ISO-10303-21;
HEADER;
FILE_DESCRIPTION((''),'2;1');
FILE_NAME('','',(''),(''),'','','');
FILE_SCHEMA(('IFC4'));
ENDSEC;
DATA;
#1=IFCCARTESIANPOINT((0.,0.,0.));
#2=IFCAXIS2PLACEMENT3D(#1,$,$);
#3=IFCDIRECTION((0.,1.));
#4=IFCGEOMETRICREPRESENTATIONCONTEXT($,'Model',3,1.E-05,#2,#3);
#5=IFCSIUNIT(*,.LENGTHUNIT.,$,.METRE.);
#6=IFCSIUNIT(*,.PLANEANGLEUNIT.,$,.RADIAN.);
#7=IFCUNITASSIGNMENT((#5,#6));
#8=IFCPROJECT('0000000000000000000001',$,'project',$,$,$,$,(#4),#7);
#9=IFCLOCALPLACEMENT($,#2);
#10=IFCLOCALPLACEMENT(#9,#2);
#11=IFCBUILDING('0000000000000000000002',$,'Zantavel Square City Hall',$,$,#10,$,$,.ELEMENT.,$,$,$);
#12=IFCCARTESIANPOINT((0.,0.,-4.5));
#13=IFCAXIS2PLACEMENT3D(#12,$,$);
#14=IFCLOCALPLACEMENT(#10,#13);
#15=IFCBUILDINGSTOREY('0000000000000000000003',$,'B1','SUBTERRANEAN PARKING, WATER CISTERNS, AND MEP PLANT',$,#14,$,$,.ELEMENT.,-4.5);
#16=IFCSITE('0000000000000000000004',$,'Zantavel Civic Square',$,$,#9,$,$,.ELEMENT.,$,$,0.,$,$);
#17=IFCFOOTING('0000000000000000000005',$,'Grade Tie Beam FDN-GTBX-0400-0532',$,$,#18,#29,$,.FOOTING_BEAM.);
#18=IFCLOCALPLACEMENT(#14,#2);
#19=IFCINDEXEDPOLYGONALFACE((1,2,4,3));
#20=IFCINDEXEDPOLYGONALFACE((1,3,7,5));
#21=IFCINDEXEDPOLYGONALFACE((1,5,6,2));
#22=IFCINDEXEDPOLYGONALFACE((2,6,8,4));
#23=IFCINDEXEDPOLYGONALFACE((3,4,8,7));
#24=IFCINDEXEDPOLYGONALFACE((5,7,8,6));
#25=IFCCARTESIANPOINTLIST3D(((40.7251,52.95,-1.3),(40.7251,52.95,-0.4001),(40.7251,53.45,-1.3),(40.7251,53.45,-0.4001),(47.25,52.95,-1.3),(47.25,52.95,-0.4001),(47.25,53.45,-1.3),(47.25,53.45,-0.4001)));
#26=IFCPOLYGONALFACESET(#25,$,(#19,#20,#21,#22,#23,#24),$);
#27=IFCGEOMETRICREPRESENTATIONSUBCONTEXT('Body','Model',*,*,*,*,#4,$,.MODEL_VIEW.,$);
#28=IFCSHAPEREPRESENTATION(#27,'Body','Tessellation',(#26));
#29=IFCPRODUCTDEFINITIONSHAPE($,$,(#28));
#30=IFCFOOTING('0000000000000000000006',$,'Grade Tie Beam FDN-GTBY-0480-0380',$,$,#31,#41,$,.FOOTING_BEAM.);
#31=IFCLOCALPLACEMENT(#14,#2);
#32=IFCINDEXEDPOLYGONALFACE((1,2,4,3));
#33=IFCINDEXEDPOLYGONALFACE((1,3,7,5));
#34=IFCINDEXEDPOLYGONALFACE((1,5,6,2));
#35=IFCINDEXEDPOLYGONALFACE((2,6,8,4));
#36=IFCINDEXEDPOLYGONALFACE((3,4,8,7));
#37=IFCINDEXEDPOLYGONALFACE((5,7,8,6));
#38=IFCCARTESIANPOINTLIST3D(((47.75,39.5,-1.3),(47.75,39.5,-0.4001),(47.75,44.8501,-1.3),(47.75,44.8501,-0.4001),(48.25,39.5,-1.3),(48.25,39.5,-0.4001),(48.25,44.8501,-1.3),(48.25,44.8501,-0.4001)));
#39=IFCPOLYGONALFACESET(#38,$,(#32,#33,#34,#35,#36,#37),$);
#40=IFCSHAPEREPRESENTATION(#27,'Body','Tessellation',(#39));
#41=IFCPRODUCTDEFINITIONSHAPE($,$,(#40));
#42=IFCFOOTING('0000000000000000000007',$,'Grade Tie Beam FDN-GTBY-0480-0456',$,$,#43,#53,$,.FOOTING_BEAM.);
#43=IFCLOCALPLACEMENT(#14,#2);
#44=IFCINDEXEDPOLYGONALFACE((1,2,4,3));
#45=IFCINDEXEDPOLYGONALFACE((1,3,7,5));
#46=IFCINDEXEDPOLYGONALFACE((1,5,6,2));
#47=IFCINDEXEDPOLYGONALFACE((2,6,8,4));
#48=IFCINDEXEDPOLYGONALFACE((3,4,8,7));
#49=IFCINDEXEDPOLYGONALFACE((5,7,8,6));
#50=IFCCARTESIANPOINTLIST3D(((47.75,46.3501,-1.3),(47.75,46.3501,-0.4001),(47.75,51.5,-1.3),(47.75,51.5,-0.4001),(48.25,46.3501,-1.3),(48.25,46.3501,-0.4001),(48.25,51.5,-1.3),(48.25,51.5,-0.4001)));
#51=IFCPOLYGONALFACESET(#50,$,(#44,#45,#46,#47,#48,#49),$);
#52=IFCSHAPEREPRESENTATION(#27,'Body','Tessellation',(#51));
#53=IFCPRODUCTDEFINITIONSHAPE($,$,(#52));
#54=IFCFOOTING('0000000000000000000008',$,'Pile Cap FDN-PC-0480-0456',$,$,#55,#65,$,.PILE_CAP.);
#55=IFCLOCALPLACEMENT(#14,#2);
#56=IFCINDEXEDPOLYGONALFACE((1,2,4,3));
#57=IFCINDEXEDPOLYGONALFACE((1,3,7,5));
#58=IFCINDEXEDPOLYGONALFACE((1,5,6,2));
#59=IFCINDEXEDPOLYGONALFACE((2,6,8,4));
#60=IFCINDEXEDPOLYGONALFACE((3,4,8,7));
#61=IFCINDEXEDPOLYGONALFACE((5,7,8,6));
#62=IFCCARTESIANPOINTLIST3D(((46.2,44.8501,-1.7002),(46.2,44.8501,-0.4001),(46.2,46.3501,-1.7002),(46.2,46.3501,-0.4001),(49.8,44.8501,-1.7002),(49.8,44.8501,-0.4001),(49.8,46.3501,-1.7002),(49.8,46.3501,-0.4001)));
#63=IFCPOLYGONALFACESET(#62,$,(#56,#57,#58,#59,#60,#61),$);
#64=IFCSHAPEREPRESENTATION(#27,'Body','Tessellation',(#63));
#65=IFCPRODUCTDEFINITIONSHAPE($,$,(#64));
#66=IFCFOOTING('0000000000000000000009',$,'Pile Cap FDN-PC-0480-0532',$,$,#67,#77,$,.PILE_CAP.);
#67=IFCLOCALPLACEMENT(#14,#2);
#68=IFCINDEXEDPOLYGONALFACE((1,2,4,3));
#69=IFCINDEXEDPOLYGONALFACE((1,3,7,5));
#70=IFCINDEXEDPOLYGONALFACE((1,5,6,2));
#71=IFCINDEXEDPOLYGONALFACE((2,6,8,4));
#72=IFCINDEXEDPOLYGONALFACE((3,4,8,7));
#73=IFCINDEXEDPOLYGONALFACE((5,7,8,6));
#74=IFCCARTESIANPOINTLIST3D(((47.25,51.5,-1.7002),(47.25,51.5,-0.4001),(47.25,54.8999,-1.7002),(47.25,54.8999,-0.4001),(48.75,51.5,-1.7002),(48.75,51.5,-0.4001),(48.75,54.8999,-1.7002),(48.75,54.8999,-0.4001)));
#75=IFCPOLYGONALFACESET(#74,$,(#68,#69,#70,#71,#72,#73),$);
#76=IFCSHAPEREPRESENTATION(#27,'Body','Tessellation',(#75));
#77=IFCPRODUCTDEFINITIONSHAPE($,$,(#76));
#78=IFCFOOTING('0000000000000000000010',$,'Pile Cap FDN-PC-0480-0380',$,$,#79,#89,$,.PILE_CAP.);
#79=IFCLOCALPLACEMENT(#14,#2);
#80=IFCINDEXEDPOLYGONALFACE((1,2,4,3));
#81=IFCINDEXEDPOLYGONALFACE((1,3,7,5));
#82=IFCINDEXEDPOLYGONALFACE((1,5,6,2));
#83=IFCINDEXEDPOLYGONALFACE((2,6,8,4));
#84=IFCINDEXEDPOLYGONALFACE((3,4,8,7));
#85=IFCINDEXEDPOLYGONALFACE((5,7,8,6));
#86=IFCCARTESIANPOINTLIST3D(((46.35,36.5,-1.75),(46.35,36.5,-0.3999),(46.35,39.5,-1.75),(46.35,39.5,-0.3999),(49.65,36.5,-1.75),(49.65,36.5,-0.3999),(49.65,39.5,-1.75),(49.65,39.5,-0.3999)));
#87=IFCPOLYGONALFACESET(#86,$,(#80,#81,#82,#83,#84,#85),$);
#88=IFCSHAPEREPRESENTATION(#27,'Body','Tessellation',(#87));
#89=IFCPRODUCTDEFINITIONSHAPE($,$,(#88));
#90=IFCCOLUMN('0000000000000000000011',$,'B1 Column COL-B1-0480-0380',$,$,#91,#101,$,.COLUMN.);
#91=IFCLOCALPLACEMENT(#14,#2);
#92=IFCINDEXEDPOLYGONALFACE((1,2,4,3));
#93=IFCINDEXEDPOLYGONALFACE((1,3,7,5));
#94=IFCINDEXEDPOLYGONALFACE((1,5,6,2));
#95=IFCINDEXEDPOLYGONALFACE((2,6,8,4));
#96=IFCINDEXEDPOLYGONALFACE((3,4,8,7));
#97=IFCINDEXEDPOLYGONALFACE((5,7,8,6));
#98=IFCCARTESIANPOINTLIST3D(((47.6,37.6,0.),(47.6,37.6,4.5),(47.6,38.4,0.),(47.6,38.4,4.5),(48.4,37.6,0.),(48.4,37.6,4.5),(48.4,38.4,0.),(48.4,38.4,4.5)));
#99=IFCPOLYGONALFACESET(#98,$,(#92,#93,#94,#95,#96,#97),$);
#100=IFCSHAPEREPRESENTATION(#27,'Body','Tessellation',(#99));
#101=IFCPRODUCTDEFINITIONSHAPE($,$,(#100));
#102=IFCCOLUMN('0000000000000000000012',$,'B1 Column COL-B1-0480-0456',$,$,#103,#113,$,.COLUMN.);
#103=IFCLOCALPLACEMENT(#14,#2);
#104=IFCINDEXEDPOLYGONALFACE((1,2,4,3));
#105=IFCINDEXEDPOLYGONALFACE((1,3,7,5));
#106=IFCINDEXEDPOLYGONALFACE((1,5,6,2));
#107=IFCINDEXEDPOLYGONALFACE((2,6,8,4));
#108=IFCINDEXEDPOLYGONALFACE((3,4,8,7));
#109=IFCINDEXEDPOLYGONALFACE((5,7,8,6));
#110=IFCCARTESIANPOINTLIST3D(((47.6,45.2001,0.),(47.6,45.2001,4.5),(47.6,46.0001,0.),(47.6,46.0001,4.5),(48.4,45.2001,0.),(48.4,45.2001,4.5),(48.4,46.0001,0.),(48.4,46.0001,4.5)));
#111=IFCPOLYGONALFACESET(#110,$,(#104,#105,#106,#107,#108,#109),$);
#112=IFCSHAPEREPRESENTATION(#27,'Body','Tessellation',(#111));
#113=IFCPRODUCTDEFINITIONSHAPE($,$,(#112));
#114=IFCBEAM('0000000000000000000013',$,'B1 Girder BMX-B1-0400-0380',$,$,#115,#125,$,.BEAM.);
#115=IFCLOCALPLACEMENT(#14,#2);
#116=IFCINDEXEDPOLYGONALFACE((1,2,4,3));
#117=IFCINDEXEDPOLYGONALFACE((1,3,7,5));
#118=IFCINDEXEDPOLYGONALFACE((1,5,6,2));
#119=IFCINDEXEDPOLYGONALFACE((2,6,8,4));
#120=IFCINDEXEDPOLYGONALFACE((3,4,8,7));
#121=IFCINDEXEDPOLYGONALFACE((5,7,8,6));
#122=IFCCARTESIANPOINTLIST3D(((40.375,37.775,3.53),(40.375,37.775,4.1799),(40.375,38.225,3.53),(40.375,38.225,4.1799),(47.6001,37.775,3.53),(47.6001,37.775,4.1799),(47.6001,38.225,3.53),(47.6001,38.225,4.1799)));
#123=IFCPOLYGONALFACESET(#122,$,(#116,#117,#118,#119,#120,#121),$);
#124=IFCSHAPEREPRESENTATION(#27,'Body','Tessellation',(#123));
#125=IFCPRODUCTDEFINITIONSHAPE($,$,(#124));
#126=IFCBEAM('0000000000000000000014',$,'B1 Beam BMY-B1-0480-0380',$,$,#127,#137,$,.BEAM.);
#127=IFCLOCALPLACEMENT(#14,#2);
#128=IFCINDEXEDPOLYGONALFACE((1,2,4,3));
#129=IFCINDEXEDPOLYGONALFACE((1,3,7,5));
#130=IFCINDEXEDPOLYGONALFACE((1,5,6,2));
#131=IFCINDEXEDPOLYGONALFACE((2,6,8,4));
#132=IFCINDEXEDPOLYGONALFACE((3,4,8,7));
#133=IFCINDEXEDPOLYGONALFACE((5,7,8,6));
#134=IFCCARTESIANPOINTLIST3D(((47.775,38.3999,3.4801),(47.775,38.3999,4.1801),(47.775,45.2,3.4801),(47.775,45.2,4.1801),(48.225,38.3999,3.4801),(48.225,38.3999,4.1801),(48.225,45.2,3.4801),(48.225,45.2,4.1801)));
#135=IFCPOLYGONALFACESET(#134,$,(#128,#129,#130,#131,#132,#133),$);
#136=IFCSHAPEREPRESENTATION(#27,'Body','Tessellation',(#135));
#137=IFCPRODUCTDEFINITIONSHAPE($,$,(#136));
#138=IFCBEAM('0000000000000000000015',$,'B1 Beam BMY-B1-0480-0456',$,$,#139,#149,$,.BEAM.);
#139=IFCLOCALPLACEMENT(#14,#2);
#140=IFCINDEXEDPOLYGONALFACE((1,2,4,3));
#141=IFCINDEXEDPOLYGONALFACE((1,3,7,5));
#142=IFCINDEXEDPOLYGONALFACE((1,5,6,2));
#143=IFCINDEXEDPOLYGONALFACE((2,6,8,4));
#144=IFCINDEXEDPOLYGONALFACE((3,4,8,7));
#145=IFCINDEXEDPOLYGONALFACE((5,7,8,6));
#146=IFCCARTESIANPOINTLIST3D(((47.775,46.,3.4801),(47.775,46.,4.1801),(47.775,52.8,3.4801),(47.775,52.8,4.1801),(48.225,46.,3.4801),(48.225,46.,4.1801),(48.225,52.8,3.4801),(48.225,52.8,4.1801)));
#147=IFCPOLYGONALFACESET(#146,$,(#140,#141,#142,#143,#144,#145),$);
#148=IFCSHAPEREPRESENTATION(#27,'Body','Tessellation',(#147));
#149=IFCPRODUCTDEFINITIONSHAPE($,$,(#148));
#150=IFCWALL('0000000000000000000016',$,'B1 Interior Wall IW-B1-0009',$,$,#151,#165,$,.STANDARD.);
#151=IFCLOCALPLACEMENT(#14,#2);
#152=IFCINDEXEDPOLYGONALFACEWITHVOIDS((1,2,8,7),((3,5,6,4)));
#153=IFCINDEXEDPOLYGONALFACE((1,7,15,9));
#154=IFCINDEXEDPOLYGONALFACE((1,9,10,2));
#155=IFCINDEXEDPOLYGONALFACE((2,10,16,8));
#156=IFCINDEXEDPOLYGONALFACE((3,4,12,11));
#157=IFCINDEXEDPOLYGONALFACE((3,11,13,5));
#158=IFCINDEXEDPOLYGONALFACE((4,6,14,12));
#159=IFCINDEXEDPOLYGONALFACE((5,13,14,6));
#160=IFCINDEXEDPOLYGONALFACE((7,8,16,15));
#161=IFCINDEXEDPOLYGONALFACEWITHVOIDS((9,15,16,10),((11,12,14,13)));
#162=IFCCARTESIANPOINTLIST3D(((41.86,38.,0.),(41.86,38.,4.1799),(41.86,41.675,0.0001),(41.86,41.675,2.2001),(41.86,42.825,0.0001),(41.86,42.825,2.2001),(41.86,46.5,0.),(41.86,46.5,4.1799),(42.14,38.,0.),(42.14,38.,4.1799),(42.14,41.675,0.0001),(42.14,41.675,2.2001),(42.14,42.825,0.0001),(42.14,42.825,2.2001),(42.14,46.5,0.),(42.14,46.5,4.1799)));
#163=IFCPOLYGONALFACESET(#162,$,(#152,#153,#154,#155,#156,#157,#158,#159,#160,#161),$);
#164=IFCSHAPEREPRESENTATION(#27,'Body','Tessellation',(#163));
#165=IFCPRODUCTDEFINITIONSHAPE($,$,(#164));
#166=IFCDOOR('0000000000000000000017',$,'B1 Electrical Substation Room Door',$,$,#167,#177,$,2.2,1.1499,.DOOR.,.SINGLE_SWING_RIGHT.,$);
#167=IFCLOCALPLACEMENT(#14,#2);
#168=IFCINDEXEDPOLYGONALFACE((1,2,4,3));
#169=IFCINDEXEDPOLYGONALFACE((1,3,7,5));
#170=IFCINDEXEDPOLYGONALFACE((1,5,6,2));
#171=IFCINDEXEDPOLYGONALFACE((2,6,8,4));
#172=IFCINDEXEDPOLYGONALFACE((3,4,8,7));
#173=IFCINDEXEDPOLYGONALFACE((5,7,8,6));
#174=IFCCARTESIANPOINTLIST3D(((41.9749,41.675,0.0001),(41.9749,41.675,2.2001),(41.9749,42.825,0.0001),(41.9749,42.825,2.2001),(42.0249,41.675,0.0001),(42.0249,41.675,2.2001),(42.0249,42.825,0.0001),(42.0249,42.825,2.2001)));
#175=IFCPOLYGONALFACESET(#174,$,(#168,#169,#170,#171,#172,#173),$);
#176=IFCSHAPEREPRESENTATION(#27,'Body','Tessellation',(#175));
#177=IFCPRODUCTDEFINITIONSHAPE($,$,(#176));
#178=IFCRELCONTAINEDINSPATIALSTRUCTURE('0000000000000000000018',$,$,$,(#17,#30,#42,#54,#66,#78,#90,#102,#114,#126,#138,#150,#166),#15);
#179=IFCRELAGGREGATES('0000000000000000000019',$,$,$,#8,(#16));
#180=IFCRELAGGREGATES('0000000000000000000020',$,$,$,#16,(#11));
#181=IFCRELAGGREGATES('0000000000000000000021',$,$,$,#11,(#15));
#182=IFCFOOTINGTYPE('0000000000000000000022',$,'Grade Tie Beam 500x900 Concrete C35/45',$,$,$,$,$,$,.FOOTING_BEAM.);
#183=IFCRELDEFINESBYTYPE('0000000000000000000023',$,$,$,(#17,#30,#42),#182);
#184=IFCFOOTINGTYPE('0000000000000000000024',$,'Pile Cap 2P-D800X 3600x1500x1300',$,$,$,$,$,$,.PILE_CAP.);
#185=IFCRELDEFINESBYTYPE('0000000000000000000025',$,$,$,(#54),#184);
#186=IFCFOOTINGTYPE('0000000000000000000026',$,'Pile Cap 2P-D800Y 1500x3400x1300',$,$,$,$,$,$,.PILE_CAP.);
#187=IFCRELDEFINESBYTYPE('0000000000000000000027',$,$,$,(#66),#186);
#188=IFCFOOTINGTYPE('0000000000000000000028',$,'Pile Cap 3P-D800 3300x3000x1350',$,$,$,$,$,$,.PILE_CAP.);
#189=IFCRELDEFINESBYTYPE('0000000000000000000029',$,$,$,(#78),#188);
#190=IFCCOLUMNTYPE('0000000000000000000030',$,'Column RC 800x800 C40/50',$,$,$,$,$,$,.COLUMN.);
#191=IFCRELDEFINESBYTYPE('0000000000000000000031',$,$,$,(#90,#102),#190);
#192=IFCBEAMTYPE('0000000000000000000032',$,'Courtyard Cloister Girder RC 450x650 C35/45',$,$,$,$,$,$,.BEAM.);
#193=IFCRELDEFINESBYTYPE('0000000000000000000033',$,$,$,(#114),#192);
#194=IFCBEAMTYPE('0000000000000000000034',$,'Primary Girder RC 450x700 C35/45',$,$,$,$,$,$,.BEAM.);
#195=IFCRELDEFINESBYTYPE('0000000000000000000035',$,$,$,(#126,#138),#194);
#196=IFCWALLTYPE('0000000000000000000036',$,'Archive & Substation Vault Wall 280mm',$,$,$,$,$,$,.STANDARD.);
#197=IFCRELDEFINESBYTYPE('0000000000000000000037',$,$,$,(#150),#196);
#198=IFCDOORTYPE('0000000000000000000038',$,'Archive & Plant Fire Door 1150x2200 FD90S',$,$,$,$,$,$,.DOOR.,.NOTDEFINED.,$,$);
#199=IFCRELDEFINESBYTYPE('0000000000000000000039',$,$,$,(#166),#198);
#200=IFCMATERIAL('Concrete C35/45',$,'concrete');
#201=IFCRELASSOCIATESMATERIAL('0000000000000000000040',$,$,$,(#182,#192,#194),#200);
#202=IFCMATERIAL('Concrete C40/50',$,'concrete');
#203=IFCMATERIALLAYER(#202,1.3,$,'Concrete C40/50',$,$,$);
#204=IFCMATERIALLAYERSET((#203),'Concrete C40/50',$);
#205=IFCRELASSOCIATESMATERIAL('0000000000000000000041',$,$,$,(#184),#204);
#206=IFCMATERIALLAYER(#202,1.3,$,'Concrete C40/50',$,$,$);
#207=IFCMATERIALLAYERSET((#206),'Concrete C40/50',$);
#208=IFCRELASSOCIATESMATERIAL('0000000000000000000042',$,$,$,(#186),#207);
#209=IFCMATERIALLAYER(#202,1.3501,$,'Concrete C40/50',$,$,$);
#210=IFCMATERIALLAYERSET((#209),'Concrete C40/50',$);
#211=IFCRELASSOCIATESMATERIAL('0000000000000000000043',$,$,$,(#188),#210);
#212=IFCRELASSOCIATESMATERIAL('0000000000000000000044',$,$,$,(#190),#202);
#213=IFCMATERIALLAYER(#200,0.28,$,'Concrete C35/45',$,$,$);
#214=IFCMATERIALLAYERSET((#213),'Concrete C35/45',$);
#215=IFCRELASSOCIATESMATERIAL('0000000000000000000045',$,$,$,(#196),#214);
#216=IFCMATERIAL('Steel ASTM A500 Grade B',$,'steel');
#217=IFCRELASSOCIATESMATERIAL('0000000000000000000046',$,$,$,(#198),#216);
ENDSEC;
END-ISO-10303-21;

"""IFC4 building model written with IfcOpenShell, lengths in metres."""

from ifc_helpers import new_model, si_unit, direction, frame, frame_2d, origin, origin_2d, place, context, subcontext, project, spatial, rectangle, extrude, material, layer, layer_set, material_profile, profile_set, type_object, element, fill, save


model = new_model("IFC4")

# Units and contexts
model_context = context("Model", 3, precision=1e-05, world=origin(), true_north=direction((0.0, 1.0)))
body_context = subcontext(model_context, "Body", "Model", "MODEL_VIEW")
ifc_project = project(units=[si_unit("LENGTHUNIT", "METRE"), si_unit("PLANEANGLEUNIT", "RADIAN")], contexts=[model_context])

# Site, building, storey
site_placement = place(None, origin())
site = spatial("IfcSite", under=ifc_project, at=site_placement, Name="Zantavel Civic Square", CompositionType="ELEMENT", RefElevation=0.0)
building_placement = place(site_placement, origin())
building = spatial("IfcBuilding", under=site, at=building_placement, Name="Zantavel Square City Hall", CompositionType="ELEMENT")
storey_placement = place(building_placement, frame((0.0, 0.0, -4.5)))
storey = spatial("IfcBuildingStorey", under=building, at=storey_placement, Name="B1", Description="SUBTERRANEAN PARKING, WATER CISTERNS, AND MEP PLANT", CompositionType="ELEMENT", Elevation=-4.5)

# Shared definitions
ifc_material_1 = material(Name="Concrete C35/45", Category="concrete")

# Footings
ifc_material_profile_1 = material_profile(ifc_material_1, rectangle(XDim=0.5, YDim=0.8999, at=origin_2d()), Name="RC 500x900")
ifc_profile_set_1 = profile_set([ifc_material_profile_1], Name="Concrete C35/45")
footing_type_1 = type_object("IfcFootingType", Name="Grade Tie Beam 500x900 Concrete C35/45", PredefinedType="FOOTING_BEAM", material=ifc_profile_set_1)
footing_1_placement = place(storey_placement, frame((40.7251, 53.2, -0.8501), z_axis=(1.0, 0.0, 0.0), x_axis=(0.0, 1.0, 0.0)))
element("IfcFooting", 1, at=footing_1_placement, inside=storey, type_object=footing_type_1, Name="Grade Tie Beam FDN-GTBX-0400-0532", PredefinedType="FOOTING_BEAM", context=body_context, shape_type="SweptSolid", body=[
    extrude(rectangle(XDim=0.5, YDim=0.8999, at=origin_2d()), origin(), (0.0, 0.0, 1.0), 6.5249),
])
footing_2_placement = place(storey_placement, frame((48.0, 39.5, -0.8501), z_axis=(0.0, 1.0, 0.0), x_axis=(-1.0, 0.0, 0.0)))
element("IfcFooting", 2, at=footing_2_placement, inside=storey, type_object=footing_type_1, Name="Grade Tie Beam FDN-GTBY-0480-0380", PredefinedType="FOOTING_BEAM", context=body_context, shape_type="SweptSolid", body=[
    extrude(rectangle(XDim=0.5, YDim=0.8999, at=origin_2d()), origin(), (0.0, 0.0, 1.0), 5.3501),
])
footing_3_placement = place(storey_placement, frame((48.0, 46.3501, -0.8501), z_axis=(0.0, 1.0, 0.0), x_axis=(-1.0, 0.0, 0.0)))
element("IfcFooting", 3, at=footing_3_placement, inside=storey, type_object=footing_type_1, Name="Grade Tie Beam FDN-GTBY-0480-0456", PredefinedType="FOOTING_BEAM", context=body_context, shape_type="SweptSolid", body=[
    extrude(rectangle(XDim=0.5, YDim=0.8999, at=origin_2d()), origin(), (0.0, 0.0, 1.0), 5.1499),
])
ifc_material_2 = material(Name="Concrete C40/50", Category="concrete")
ifc_layer_1 = layer(ifc_material_2, 1.3, Name="Concrete C40/50")
ifc_layer_set_1 = layer_set([ifc_layer_1], Name="Concrete C40/50")
footing_type_2 = type_object("IfcFootingType", Name="Pile Cap 2P-D800X 3600x1500x1300", PredefinedType="PILE_CAP", material=ifc_layer_set_1)
footing_4_placement = place(storey_placement, frame((48.0, 45.6001, -1.7002), z_axis=(0.0, 0.0, 1.0), x_axis=(1.0, 0.0, 0.0)))
element("IfcFooting", 4, at=footing_4_placement, inside=storey, type_object=footing_type_2, Name="Pile Cap FDN-PC-0480-0456", PredefinedType="PILE_CAP", context=body_context, shape_type="SweptSolid", body=[
    extrude(rectangle(XDim=3.6001, YDim=1.5, at=origin_2d()), origin(), (0.0, 0.0, 1.0), 1.3),
])
ifc_layer_2 = layer(ifc_material_2, 1.3, Name="Concrete C40/50")
ifc_layer_set_2 = layer_set([ifc_layer_2], Name="Concrete C40/50")
footing_type_3 = type_object("IfcFootingType", Name="Pile Cap 2P-D800Y 1500x3400x1300", PredefinedType="PILE_CAP", material=ifc_layer_set_2)
footing_5_placement = place(storey_placement, frame((48.0, 53.2, -1.7002), z_axis=(0.0, 0.0, 1.0), x_axis=(1.0, 0.0, 0.0)))
element("IfcFooting", 5, at=footing_5_placement, inside=storey, type_object=footing_type_3, Name="Pile Cap FDN-PC-0480-0532", PredefinedType="PILE_CAP", context=body_context, shape_type="SweptSolid", body=[
    extrude(rectangle(XDim=1.5, YDim=3.3999, at=origin_2d()), origin(), (0.0, 0.0, 1.0), 1.3),
])
ifc_layer_3 = layer(ifc_material_2, 1.3501, Name="Concrete C40/50")
ifc_layer_set_3 = layer_set([ifc_layer_3], Name="Concrete C40/50")
footing_type_4 = type_object("IfcFootingType", Name="Pile Cap 3P-D800 3300x3000x1350", PredefinedType="PILE_CAP", material=ifc_layer_set_3)
footing_6_placement = place(storey_placement, frame((48.0, 38.0, -1.75), z_axis=(0.0, 0.0, 1.0), x_axis=(1.0, 0.0, 0.0)))
element("IfcFooting", 6, at=footing_6_placement, inside=storey, type_object=footing_type_4, Name="Pile Cap FDN-PC-0480-0380", PredefinedType="PILE_CAP", context=body_context, shape_type="SweptSolid", body=[
    extrude(rectangle(XDim=3.3, YDim=3.0, at=origin_2d()), origin(), (0.0, 0.0, 1.0), 1.3501),
])

# Columns
ifc_material_profile_2 = material_profile(ifc_material_2, rectangle(XDim=0.8, YDim=0.8, at=origin_2d()), Name="RC 800x800")
ifc_profile_set_2 = profile_set([ifc_material_profile_2], Name="Concrete C40/50")
column_type = type_object("IfcColumnType", Name="Column RC 800x800 C40/50", PredefinedType="COLUMN", material=ifc_profile_set_2)
for number, where, z_axis, x_axis, name in (
    (7, (48.0, 38.0, 0.0), (0.0, 0.0, 1.0), (1.0, 0.0, 0.0), "B1 Column COL-B1-0480-0380"),
    (8, (48.0, 45.6001, 0.0), (0.0, 0.0, 1.0), (1.0, 0.0, 0.0), "B1 Column COL-B1-0480-0456"),
):
    element("IfcColumn", number, at=place(storey_placement, frame(where, z_axis=z_axis, x_axis=x_axis)), inside=storey, type_object=column_type, Name=name, PredefinedType="COLUMN", context=body_context, shape_type="SweptSolid", body=[
        extrude(rectangle(XDim=0.8, YDim=0.8, at=origin_2d()), origin(), (0.0, 0.0, 1.0), 4.5),
    ])

# Beams
ifc_material_profile_3 = material_profile(ifc_material_1, rectangle(XDim=0.45, YDim=0.6499, at=origin_2d()), Name="RC 450x650")
ifc_profile_set_3 = profile_set([ifc_material_profile_3], Name="Concrete C35/45")
beam_type_1 = type_object("IfcBeamType", Name="Courtyard Cloister Girder RC 450x650 C35/45", PredefinedType="BEAM", material=ifc_profile_set_3)
beam_placement = place(storey_placement, frame((40.375, 38.0, 3.855), z_axis=(1.0, 0.0, 0.0), x_axis=(0.0, 1.0, 0.0)))
element("IfcBeam", 9, at=beam_placement, inside=storey, type_object=beam_type_1, Name="B1 Girder BMX-B1-0400-0380", PredefinedType="BEAM", context=body_context, shape_type="SweptSolid", body=[
    extrude(rectangle(XDim=0.45, YDim=0.6499, at=origin_2d()), origin(), (0.0, 0.0, 1.0), 7.2251),
])
ifc_material_profile_4 = material_profile(ifc_material_1, rectangle(XDim=0.45, YDim=0.7, at=origin_2d()), Name="RC 450x700")
ifc_profile_set_4 = profile_set([ifc_material_profile_4], Name="Concrete C35/45")
beam_type_2 = type_object("IfcBeamType", Name="Primary Girder RC 450x700 C35/45", PredefinedType="BEAM", material=ifc_profile_set_4)
for number, where, z_axis, x_axis, name in (
    (10, (48.0, 38.3999, 3.8301), (0.0, 1.0, 0.0), (-1.0, 0.0, 0.0), "B1 Beam BMY-B1-0480-0380"),
    (11, (48.0, 46.0, 3.8301), (0.0, 1.0, 0.0), (-1.0, 0.0, 0.0), "B1 Beam BMY-B1-0480-0456"),
):
    element("IfcBeam", number, at=place(storey_placement, frame(where, z_axis=z_axis, x_axis=x_axis)), inside=storey, type_object=beam_type_2, Name=name, PredefinedType="BEAM", context=body_context, shape_type="SweptSolid", body=[
        extrude(rectangle(XDim=0.45, YDim=0.7, at=origin_2d()), origin(), (0.0, 0.0, 1.0), 6.8),
    ])

# Wall, opening, door
ifc_layer_4 = layer(ifc_material_1, 0.28, Name="Concrete C35/45")
ifc_layer_set_4 = layer_set([ifc_layer_4], Name="Concrete C35/45")
wall_type_1 = type_object("IfcWallType", Name="Archive & Substation Vault Wall 280mm", PredefinedType="STANDARD", material=ifc_layer_set_4)
wall_1_placement = place(storey_placement, frame((42.0, 46.5, 0.0), z_axis=(0.0, 0.0, 1.0), x_axis=(0.0, -1.0, 0.0)))
wall_1 = element("IfcWall", 12, at=wall_1_placement, inside=storey, type_object=wall_type_1, Name="B1 Interior Wall IW-B1-0009", PredefinedType="STANDARD", context=body_context, shape_type="SweptSolid", body=[
    extrude(rectangle(XDim=8.5, YDim=0.28, at=frame_2d((4.25, 0.0))), origin(), (0.0, 0.0, 1.0), 4.1799),
])
opening_1_placement = place(wall_1_placement, frame((3.675, 0.0, 0.0)))
opening_1 = element("IfcOpeningElement", 13, at=opening_1_placement, cuts=wall_1, PredefinedType="OPENING", context=body_context, shape_type="SweptSolid", body=[
    extrude(rectangle(XDim=1.1499, YDim=2.2, at=frame_2d((0.575, 1.1001))), frame((0.0, 0.1499, 0.0), z_axis=(0.0, -1.0, 0.0), x_axis=(1.0, 0.0, 0.0)), (0.0, 0.0, 1.0), 0.3),
])
ifc_material_3 = material(Name="Steel ASTM A500 Grade B", Category="steel")
door_type_1 = type_object("IfcDoorType", Name="Archive & Plant Fire Door 1150x2200 FD90S", OperationType="NOTDEFINED", PredefinedType="DOOR", material=ifc_material_3)
door_1_placement = place(opening_1_placement, origin())
door_1 = element("IfcDoor", 14, at=door_1_placement, inside=storey, type_object=door_type_1, Name="B1 Electrical Substation Room Door", OperationType="SINGLE_SWING_RIGHT", OverallHeight=2.2, OverallWidth=1.1499, PredefinedType="DOOR", context=body_context, shape_type="SweptSolid", body=[
    extrude(rectangle(XDim=1.1499, YDim=2.2, at=frame_2d((0.575, 1.1001))), frame((0.0, 0.0249, 0.0), z_axis=(0.0, -1.0, 0.0), x_axis=(1.0, 0.0, 0.0)), (0.0, 0.0, 1.0), 0.05),
])
fill(opening_1, door_1)

save(model, "model.ifc")
